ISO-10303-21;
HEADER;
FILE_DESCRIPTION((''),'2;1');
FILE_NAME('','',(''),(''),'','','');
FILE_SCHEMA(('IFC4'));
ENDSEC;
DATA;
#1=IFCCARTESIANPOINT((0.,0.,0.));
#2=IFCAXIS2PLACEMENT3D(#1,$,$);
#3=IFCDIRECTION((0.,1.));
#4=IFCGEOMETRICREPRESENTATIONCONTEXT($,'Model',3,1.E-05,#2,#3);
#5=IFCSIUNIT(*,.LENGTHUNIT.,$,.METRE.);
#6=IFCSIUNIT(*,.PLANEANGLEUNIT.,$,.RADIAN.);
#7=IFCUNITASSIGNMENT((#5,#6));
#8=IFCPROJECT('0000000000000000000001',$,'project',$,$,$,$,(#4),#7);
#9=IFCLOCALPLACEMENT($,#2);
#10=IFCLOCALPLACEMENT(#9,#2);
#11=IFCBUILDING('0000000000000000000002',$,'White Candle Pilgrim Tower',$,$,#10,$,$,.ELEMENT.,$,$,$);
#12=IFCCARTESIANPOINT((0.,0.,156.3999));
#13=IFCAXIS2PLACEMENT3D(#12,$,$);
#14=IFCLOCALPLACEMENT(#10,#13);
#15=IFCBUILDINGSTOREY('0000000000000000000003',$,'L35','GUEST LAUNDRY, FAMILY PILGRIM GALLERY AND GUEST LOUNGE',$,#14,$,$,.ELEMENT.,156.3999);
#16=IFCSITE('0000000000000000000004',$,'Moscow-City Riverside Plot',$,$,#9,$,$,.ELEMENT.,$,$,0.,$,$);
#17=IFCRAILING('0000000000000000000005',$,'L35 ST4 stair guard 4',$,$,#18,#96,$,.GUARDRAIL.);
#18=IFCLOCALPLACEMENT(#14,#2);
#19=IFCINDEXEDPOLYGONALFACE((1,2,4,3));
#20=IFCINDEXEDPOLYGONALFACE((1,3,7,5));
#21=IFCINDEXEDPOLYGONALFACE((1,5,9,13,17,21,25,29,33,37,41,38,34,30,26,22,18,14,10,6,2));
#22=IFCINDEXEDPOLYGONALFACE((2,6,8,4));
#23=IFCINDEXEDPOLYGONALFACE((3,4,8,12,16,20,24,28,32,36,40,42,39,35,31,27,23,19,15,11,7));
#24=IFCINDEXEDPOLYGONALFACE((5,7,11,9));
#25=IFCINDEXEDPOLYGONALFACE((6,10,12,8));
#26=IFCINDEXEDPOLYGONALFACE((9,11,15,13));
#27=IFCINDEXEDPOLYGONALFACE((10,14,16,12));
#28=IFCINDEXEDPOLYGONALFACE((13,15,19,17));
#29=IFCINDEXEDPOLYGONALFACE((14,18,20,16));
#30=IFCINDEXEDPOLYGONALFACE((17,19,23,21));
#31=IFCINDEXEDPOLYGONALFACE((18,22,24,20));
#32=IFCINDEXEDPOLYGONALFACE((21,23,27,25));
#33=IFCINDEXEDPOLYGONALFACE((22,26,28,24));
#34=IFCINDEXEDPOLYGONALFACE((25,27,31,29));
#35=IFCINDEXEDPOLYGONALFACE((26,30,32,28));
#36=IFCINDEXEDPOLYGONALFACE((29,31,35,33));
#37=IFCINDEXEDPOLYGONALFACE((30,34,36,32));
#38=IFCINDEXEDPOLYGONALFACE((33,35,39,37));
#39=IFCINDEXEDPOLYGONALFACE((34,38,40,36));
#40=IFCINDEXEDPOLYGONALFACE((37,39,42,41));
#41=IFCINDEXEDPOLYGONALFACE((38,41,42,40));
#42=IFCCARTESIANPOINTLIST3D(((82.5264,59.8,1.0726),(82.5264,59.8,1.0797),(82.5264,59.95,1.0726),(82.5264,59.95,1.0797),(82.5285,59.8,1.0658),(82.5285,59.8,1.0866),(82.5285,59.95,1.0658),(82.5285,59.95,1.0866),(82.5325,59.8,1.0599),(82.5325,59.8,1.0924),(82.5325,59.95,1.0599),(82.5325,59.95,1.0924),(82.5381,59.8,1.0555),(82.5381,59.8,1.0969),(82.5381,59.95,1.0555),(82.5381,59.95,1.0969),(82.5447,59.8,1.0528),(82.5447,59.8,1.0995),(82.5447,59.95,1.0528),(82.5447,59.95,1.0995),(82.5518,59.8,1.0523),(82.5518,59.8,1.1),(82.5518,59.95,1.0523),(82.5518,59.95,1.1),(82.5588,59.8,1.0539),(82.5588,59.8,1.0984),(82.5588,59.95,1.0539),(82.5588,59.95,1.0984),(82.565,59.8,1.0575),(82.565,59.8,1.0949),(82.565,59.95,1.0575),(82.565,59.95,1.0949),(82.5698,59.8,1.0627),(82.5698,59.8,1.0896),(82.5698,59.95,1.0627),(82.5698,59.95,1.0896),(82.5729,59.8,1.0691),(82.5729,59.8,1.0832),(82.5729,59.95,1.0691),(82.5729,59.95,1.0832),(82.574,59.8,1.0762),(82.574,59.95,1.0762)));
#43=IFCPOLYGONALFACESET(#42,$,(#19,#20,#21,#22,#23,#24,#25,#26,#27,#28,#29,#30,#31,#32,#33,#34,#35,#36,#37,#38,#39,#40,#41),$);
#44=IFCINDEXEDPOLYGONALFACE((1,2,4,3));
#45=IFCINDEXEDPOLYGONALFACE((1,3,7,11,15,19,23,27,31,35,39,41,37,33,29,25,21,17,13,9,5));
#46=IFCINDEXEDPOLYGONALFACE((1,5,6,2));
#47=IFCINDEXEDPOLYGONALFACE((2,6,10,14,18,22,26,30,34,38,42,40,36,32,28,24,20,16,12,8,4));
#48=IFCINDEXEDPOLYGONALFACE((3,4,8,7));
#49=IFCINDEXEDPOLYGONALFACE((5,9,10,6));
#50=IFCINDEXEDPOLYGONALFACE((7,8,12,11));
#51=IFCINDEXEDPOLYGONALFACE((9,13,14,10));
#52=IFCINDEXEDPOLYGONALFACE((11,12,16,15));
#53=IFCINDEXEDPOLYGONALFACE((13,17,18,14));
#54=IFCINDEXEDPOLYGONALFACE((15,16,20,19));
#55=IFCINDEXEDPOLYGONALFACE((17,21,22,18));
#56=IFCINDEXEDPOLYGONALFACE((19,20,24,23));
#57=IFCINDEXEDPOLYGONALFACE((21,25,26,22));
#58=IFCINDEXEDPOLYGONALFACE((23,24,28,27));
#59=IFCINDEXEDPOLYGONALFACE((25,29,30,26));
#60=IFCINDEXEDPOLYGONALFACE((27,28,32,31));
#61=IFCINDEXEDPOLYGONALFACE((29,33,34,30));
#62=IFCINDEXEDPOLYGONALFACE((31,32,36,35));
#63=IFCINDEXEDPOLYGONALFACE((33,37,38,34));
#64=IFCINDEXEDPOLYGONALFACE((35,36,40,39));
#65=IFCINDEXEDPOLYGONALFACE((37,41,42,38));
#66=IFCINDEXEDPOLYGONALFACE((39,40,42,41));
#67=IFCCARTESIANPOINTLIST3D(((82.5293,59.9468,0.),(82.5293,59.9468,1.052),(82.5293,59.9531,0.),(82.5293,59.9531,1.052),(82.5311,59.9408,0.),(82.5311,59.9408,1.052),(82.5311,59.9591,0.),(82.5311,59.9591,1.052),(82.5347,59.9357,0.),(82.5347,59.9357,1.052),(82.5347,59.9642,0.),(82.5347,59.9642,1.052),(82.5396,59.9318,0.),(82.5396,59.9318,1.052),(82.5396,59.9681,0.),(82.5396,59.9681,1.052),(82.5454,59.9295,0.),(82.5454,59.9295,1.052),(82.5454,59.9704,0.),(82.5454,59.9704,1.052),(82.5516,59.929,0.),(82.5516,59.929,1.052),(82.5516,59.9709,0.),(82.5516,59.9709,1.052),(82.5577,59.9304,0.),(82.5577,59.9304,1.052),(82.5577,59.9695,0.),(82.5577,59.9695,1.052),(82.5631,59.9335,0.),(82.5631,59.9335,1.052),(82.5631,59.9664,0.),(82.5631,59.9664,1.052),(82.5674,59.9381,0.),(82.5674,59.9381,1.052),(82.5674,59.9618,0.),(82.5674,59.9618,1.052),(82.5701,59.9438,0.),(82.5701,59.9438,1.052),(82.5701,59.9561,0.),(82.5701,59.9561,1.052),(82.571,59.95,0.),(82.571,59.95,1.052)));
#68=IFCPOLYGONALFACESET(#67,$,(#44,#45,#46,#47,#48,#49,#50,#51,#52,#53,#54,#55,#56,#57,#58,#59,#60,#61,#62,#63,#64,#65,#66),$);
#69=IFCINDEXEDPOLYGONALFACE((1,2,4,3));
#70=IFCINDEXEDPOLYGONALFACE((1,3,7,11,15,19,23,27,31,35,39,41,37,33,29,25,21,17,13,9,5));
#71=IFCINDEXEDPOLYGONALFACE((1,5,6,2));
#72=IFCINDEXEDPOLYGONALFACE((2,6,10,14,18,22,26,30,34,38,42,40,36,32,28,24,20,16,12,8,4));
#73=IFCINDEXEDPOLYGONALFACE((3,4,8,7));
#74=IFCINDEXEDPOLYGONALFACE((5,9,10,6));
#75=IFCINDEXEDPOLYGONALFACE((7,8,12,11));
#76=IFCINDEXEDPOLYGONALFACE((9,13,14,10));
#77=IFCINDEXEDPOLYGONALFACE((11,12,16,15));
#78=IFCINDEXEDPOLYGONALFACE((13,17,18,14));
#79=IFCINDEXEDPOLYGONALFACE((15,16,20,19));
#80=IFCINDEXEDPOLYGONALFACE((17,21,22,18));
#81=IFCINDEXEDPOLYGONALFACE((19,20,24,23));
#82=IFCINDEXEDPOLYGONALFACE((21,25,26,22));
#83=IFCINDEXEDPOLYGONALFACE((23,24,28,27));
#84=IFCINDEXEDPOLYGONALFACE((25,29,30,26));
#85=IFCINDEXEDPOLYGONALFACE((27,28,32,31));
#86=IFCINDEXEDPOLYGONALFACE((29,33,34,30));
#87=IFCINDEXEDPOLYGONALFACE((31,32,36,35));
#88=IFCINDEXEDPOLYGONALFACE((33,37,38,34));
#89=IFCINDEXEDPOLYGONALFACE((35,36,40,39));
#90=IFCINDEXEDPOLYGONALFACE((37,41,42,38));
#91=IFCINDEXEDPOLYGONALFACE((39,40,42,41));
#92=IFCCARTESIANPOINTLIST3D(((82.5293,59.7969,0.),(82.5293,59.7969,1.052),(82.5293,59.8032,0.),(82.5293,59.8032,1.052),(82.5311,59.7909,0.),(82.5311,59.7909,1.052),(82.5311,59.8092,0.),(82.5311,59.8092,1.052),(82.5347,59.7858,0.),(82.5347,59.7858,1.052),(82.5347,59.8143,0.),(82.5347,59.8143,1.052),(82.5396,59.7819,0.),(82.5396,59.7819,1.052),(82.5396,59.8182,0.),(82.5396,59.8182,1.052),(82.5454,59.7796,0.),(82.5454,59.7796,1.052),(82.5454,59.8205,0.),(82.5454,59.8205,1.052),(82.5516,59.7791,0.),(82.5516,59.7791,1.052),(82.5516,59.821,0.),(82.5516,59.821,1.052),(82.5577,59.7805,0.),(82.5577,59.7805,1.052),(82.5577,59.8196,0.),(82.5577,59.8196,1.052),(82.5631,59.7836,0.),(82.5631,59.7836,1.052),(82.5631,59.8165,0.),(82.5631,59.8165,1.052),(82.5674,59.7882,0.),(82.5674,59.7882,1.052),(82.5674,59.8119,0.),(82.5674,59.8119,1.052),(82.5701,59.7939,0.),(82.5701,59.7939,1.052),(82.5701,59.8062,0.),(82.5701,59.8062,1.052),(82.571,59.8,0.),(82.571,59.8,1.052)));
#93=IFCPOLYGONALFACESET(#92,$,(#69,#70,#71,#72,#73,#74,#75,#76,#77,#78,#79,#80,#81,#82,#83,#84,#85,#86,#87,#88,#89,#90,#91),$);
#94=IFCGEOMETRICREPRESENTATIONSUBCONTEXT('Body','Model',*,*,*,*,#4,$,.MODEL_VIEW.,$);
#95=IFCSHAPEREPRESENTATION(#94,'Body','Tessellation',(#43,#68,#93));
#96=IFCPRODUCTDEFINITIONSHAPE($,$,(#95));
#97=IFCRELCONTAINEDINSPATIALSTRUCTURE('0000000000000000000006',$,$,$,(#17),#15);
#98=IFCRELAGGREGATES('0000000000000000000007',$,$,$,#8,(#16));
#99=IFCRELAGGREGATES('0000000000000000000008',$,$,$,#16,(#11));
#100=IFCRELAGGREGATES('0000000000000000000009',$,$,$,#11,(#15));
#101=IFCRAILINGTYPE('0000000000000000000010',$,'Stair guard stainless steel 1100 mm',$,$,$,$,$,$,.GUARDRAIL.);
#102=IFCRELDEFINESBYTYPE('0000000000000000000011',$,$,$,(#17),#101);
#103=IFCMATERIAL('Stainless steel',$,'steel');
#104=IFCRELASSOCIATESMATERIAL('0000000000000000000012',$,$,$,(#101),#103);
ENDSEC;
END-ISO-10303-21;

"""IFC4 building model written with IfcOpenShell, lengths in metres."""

from ifc_helpers import new_model, si_unit, direction, frame, origin, origin_2d, place, context, subcontext, project, spatial, circle, extrude, material, type_object, element, save


model = new_model("IFC4")

# Units and contexts
model_context = context("Model", 3, precision=1e-05, world=origin(), true_north=direction((0.0, 1.0)))
body_context = subcontext(model_context, "Body", "Model", "MODEL_VIEW")
ifc_project = project(units=[si_unit("LENGTHUNIT", "METRE"), si_unit("PLANEANGLEUNIT", "RADIAN")], contexts=[model_context])

# Site, building, storey
site_placement = place(None, origin())
site = spatial("IfcSite", under=ifc_project, at=site_placement, Name="Moscow-City Riverside Plot", CompositionType="ELEMENT", RefElevation=0.0)
building_placement = place(site_placement, origin())
building = spatial("IfcBuilding", under=site, at=building_placement, Name="White Candle Pilgrim Tower", CompositionType="ELEMENT")
storey_placement = place(building_placement, frame((0.0, 0.0, 156.3999)))
storey = spatial("IfcBuildingStorey", under=building, at=storey_placement, Name="L35", Description="GUEST LAUNDRY, FAMILY PILGRIM GALLERY AND GUEST LOUNGE", CompositionType="ELEMENT", Elevation=156.3999)

# Railing
ifc_material_1 = material(Name="Stainless steel", Category="steel")
railing_type_1 = type_object("IfcRailingType", Name="Stair guard stainless steel 1100 mm", PredefinedType="GUARDRAIL", material=ifc_material_1)
railing_1_placement = place(storey_placement, frame((82.55, 59.95, 0.0)))
element("IfcRailing", 1, at=railing_1_placement, inside=storey, type_object=railing_type_1, Name="L35 ST4 stair guard 4", PredefinedType="GUARDRAIL", context=body_context, shape_type="SweptSolid", body=[
    extrude(circle(Radius=0.0239, at=origin_2d()), frame((0.0, 0.0, 1.0762), z_axis=(0.0, -1.0, 0.0), x_axis=(1.0, 0.0, 0.0)), (0.0, 0.0, 1.0), 0.1499),
    extrude(circle(Radius=0.021, at=origin_2d()), origin(), (0.0, 0.0, 1.0), 1.052),
    extrude(circle(Radius=0.021, at=origin_2d()), frame((0.0, -0.1499, 0.0)), (0.0, 0.0, 1.0), 1.052),
])

save(model, "model.ifc")
